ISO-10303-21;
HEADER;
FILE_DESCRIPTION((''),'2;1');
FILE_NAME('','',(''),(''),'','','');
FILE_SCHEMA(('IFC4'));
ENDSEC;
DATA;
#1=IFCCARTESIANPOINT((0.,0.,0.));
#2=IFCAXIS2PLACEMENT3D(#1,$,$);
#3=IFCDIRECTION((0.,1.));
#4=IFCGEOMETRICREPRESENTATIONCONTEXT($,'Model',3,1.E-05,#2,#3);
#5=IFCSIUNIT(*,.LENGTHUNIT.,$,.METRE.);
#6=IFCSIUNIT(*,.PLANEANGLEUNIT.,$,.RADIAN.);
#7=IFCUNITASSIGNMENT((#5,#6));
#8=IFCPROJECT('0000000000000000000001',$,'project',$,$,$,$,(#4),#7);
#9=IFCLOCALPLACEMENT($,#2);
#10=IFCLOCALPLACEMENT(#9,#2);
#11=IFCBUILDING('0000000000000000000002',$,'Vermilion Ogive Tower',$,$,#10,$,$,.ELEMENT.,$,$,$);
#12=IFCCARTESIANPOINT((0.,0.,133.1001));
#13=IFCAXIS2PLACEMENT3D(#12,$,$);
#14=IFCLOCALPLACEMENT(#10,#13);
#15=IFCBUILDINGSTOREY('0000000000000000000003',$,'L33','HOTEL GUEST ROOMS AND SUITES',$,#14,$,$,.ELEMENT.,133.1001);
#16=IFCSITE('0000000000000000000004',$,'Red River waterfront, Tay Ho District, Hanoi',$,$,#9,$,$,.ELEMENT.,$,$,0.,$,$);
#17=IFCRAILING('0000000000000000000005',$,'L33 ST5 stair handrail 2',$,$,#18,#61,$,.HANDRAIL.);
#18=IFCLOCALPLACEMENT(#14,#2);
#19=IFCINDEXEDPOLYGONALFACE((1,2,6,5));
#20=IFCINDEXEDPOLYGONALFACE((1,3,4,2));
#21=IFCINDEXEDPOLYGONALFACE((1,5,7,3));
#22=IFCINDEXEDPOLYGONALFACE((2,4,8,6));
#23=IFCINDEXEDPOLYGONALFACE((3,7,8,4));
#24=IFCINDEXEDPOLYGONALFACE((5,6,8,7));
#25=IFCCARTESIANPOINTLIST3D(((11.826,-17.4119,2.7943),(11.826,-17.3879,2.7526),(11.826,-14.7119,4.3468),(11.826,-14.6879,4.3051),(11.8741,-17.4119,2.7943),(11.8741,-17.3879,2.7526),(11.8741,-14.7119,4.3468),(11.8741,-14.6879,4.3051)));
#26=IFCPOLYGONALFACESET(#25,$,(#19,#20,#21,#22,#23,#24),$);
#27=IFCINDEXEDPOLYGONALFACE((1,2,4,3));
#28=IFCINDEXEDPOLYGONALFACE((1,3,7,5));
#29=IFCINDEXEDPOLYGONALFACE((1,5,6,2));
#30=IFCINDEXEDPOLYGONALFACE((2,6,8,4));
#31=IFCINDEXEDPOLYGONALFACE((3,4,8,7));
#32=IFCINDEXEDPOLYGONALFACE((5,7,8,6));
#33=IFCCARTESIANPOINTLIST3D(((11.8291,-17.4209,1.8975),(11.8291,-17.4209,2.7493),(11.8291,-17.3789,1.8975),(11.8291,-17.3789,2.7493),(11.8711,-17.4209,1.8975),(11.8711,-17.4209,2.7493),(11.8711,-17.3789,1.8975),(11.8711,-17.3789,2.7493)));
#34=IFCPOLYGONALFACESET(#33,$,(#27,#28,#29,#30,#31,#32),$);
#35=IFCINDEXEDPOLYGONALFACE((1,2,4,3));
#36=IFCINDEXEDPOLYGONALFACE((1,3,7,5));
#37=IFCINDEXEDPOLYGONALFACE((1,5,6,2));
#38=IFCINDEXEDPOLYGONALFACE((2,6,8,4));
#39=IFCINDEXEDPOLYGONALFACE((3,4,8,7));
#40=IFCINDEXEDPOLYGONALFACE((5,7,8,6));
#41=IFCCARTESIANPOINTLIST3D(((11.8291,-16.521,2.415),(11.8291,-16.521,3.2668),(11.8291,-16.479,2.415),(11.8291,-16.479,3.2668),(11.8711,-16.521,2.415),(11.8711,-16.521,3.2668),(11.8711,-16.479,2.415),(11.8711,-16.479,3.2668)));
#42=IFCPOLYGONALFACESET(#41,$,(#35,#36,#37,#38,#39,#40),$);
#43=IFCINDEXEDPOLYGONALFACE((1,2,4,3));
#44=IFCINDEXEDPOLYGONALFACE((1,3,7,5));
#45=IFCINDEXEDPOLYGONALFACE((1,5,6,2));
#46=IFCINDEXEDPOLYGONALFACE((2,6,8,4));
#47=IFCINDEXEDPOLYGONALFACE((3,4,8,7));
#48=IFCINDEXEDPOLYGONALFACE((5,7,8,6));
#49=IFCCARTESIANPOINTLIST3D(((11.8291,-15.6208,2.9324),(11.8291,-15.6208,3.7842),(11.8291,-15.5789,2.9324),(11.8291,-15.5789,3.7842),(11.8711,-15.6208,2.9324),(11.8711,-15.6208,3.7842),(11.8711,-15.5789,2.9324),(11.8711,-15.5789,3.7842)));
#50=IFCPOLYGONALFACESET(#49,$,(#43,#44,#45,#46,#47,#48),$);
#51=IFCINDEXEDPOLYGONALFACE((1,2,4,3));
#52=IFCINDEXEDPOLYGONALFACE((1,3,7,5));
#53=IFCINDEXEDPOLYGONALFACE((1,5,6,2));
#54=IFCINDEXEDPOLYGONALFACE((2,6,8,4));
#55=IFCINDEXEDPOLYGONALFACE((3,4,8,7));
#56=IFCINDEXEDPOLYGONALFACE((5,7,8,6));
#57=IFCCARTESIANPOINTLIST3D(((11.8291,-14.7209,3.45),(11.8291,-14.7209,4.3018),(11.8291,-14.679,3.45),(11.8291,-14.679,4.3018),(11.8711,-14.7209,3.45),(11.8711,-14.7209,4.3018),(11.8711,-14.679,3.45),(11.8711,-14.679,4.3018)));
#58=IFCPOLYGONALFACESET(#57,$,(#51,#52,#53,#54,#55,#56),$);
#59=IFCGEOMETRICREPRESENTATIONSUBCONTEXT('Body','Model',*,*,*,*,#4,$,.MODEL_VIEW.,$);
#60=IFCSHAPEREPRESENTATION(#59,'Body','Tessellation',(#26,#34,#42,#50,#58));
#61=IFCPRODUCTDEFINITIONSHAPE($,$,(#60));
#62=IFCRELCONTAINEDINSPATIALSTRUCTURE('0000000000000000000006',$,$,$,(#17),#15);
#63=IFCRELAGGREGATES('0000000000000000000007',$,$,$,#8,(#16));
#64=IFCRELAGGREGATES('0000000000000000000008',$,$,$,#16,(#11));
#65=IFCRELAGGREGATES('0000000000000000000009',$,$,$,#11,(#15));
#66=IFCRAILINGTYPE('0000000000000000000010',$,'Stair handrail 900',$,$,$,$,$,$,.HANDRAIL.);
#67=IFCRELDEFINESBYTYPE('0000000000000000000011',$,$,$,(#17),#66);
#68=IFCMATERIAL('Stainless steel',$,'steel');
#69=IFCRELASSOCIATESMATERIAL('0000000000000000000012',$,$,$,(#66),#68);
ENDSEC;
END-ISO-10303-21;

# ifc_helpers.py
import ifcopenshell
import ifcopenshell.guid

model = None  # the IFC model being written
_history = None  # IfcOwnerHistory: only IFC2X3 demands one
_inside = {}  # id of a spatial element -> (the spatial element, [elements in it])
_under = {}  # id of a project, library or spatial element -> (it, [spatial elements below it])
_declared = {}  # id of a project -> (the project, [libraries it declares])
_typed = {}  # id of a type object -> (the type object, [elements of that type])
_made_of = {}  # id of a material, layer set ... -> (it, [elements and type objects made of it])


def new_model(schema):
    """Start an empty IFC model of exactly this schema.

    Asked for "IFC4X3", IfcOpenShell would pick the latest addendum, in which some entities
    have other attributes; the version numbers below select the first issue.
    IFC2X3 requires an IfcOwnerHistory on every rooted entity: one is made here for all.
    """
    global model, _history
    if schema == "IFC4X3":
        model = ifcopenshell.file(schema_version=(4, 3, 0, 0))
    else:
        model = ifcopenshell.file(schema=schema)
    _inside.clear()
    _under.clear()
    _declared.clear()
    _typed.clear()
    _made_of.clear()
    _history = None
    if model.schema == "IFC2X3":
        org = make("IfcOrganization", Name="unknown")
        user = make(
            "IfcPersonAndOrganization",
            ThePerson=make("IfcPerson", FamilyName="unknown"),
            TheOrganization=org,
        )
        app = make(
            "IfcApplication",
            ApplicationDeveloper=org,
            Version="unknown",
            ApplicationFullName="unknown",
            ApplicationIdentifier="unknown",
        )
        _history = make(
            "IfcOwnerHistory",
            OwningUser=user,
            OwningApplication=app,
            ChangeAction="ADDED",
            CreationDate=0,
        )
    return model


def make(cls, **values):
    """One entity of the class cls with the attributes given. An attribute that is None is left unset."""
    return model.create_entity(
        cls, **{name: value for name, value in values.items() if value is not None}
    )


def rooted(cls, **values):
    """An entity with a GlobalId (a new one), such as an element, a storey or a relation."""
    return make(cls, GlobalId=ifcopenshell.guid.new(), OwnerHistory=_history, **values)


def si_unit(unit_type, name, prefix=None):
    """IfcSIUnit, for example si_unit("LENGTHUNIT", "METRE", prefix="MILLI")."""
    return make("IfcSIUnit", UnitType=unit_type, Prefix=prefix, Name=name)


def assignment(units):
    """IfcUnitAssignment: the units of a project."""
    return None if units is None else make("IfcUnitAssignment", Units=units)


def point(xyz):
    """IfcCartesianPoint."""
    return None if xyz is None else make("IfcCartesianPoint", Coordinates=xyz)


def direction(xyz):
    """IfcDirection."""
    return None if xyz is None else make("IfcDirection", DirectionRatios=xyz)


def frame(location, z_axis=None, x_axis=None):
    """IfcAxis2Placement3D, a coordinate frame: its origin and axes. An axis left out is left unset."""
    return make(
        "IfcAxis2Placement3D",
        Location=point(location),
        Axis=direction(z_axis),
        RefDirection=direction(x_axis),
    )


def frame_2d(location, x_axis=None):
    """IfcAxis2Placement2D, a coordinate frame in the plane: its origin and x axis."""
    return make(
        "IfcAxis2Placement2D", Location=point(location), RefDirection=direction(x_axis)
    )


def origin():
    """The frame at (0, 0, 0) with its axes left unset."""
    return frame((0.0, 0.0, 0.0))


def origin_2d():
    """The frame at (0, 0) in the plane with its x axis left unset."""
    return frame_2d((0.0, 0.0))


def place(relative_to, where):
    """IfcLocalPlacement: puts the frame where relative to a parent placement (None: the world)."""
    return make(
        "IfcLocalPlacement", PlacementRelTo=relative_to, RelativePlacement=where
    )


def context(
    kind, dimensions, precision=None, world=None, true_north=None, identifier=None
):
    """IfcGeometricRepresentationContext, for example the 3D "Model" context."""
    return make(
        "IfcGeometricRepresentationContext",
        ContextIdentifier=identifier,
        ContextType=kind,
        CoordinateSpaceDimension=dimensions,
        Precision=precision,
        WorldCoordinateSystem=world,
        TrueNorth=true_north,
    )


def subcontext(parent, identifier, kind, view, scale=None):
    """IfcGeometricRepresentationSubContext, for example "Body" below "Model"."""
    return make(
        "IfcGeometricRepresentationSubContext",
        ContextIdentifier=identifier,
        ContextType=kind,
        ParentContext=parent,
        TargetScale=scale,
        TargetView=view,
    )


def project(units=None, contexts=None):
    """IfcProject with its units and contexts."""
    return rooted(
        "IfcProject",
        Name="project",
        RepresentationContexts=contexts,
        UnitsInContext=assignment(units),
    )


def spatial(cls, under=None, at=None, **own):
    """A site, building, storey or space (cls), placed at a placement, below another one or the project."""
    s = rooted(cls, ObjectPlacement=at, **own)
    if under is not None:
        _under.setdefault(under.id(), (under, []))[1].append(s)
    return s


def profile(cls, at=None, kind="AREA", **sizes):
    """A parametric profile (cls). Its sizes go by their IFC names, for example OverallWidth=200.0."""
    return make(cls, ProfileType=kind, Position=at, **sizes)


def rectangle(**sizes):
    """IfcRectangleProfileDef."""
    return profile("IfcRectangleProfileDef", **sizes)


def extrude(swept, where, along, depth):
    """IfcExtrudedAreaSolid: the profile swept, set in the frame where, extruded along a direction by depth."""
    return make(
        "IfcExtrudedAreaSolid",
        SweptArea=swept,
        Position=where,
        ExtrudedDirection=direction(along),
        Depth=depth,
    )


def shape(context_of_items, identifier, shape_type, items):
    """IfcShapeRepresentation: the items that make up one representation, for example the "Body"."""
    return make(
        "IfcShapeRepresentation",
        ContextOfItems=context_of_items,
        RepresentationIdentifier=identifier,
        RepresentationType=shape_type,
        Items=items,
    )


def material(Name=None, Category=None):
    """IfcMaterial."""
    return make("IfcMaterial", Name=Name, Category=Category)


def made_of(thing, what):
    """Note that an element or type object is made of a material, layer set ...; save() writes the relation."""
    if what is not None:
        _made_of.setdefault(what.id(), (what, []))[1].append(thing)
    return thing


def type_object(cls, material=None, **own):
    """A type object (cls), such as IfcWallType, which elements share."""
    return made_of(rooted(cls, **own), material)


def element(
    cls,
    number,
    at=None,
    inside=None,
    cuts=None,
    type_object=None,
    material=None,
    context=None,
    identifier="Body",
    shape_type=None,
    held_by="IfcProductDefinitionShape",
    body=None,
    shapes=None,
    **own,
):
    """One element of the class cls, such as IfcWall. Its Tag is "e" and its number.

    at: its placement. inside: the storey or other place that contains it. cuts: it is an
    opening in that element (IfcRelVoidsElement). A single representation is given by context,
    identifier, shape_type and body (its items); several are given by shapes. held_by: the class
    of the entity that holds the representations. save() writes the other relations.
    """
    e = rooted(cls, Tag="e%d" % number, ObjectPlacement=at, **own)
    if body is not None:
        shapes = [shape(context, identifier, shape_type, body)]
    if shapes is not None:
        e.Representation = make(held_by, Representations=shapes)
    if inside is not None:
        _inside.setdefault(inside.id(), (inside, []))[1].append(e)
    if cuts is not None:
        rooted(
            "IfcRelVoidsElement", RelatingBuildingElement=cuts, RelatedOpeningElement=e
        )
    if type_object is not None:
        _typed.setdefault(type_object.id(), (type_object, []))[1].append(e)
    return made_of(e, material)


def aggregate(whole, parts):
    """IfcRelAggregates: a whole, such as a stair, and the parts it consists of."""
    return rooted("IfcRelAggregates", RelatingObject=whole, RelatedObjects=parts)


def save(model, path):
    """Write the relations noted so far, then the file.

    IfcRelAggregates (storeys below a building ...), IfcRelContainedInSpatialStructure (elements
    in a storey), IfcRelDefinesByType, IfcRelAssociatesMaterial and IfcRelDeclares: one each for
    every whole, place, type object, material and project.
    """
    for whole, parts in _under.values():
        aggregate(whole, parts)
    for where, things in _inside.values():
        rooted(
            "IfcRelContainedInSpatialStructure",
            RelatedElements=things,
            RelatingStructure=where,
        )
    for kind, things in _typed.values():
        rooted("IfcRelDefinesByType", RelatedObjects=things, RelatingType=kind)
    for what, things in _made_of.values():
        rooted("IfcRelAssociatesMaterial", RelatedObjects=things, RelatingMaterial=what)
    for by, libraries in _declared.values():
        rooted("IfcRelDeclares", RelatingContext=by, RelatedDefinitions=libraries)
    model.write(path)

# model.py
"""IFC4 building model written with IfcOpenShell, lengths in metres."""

from ifc_helpers import new_model, si_unit, direction, frame, origin, origin_2d, place, context, subcontext, project, spatial, rectangle, extrude, material, type_object, element, save


model = new_model("IFC4")

# Units and contexts
model_context = context("Model", 3, precision=1e-05, world=origin(), true_north=direction((0.0, 1.0)))
body_context = subcontext(model_context, "Body", "Model", "MODEL_VIEW")
ifc_project = project(units=[si_unit("LENGTHUNIT", "METRE"), si_unit("PLANEANGLEUNIT", "RADIAN")], contexts=[model_context])

# Site, building, storey
site_placement = place(None, origin())
site = spatial("IfcSite", under=ifc_project, at=site_placement, Name="Red River waterfront, Tay Ho District, Hanoi", CompositionType="ELEMENT", RefElevation=0.0)
building_placement = place(site_placement, origin())
building = spatial("IfcBuilding", under=site, at=building_placement, Name="Vermilion Ogive Tower", CompositionType="ELEMENT")
storey_placement = place(building_placement, frame((0.0, 0.0, 133.1001)))
storey = spatial("IfcBuildingStorey", under=building, at=storey_placement, Name="L33", Description="HOTEL GUEST ROOMS AND SUITES", CompositionType="ELEMENT", Elevation=133.1001)

# Railing
ifc_material_1 = material(Name="Stainless steel", Category="steel")
railing_type_1 = type_object("IfcRailingType", Name="Stair handrail 900", PredefinedType="HANDRAIL", material=ifc_material_1)
railing_1_placement = place(storey_placement, frame((11.8501, -17.3999, 1.8975)))
element("IfcRailing", 1, at=railing_1_placement, inside=storey, type_object=railing_type_1, Name="L33 ST5 stair handrail 2", PredefinedType="HANDRAIL", context=body_context, shape_type="SweptSolid", body=[
    extrude(rectangle(XDim=0.0481, YDim=0.0481, at=origin_2d()), frame((0.0, 0.0, 0.876), z_axis=(0.0, 0.866904, 0.498476), x_axis=(-1.0, 0.0, 0.0)), (0.0, 0.0, 1.0), 3.1145),
    extrude(rectangle(XDim=0.042, YDim=0.042, at=origin_2d()), origin(), (0.0, 0.0, 1.0), 0.8518),
    extrude(rectangle(XDim=0.042, YDim=0.042, at=origin_2d()), frame((0.0, 0.8999, 0.5176)), (0.0, 0.0, 1.0), 0.8518),
    extrude(rectangle(XDim=0.042, YDim=0.042, at=origin_2d()), frame((0.0, 1.8, 1.0349)), (0.0, 0.0, 1.0), 0.8518),
    extrude(rectangle(XDim=0.042, YDim=0.042, at=origin_2d()), frame((0.0, 2.7, 1.5525)), (0.0, 0.0, 1.0), 0.8518),
])

save(model, "model.ifc")
